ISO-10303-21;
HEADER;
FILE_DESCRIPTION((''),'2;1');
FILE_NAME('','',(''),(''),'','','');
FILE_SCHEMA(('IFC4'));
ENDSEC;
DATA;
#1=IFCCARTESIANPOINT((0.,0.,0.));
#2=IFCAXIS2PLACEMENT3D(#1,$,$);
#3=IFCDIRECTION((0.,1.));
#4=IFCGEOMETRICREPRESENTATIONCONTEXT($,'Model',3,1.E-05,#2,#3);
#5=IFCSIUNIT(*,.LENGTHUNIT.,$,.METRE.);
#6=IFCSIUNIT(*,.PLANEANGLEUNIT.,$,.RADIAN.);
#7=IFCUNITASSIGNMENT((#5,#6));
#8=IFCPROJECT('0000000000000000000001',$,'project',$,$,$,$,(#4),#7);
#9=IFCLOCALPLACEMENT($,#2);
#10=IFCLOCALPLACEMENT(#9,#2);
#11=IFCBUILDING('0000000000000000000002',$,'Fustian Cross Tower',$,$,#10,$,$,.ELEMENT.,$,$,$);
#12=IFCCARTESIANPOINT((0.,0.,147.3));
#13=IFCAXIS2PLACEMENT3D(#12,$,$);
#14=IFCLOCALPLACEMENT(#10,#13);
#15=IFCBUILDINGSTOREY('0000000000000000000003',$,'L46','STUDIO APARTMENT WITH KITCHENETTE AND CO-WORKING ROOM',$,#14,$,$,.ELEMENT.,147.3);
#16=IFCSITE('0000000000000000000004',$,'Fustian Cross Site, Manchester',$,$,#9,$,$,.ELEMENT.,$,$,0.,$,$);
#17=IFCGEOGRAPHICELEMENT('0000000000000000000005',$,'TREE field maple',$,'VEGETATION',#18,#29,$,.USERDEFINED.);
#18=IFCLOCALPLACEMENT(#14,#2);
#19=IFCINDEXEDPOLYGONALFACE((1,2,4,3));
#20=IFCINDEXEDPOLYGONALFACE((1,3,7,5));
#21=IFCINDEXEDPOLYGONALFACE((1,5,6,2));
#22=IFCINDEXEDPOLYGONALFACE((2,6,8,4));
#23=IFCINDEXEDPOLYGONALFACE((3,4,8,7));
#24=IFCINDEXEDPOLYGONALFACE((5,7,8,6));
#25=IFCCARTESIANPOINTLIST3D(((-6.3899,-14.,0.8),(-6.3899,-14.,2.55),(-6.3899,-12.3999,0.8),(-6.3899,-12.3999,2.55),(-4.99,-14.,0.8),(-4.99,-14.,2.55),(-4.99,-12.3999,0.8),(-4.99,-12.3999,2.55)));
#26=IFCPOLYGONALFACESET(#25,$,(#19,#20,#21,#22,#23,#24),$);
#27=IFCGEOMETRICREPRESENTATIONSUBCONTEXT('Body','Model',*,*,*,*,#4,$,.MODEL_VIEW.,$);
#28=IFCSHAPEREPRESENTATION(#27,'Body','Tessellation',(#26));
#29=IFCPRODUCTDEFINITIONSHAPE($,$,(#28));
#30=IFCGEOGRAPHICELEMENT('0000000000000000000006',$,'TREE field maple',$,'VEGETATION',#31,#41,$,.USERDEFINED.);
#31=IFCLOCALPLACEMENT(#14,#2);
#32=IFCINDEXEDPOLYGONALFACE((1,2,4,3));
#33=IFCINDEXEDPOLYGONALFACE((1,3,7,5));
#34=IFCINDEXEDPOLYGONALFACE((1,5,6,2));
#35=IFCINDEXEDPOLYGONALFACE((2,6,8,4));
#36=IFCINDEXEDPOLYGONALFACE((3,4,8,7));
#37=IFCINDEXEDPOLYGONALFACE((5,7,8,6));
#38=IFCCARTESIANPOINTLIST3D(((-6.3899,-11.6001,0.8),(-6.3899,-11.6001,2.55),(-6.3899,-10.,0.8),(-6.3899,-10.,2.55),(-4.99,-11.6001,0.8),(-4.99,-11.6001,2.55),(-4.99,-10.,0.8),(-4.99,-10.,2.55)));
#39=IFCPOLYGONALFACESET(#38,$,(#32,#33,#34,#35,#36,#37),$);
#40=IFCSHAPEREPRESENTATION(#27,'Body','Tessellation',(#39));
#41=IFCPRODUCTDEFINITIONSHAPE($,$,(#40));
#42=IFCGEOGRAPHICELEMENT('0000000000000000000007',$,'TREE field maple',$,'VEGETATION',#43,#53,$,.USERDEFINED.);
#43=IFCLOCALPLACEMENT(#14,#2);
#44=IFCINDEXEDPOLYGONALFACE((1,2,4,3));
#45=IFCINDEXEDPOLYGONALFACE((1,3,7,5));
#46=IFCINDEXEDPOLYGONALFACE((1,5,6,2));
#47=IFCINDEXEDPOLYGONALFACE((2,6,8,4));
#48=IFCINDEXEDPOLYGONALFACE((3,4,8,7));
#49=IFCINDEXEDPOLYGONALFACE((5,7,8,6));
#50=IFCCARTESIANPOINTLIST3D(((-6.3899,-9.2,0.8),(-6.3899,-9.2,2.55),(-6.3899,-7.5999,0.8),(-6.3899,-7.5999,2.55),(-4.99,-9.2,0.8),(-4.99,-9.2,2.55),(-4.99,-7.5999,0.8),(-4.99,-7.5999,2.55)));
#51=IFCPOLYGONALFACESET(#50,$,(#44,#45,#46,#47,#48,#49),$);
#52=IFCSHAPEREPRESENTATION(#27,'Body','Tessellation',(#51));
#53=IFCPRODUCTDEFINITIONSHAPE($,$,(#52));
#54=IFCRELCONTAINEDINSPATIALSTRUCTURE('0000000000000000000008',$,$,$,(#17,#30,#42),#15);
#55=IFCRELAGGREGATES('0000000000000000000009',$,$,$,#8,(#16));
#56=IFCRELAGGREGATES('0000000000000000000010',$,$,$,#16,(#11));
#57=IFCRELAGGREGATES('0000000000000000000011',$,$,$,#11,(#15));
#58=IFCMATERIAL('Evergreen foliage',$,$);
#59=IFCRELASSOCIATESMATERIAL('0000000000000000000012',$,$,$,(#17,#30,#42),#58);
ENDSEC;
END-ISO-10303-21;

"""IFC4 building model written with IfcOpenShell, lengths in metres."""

from ifc_helpers import new_model, si_unit, direction, frame, origin, origin_2d, place, context, subcontext, project, spatial, rectangle, extrude, material, element, save


model = new_model("IFC4")

# Units and contexts
model_context = context("Model", 3, precision=1e-05, world=origin(), true_north=direction((0.0, 1.0)))
body_context = subcontext(model_context, "Body", "Model", "MODEL_VIEW")
ifc_project = project(units=[si_unit("LENGTHUNIT", "METRE"), si_unit("PLANEANGLEUNIT", "RADIAN")], contexts=[model_context])

# Site, building, storey
site_placement = place(None, origin())
site = spatial("IfcSite", under=ifc_project, at=site_placement, Name="Fustian Cross Site, Manchester", CompositionType="ELEMENT", RefElevation=0.0)
building_placement = place(site_placement, origin())
building = spatial("IfcBuilding", under=site, at=building_placement, Name="Fustian Cross Tower", CompositionType="ELEMENT")
storey_placement = place(building_placement, frame((0.0, 0.0, 147.3)))
storey = spatial("IfcBuildingStorey", under=building, at=storey_placement, Name="L46", Description="STUDIO APARTMENT WITH KITCHENETTE AND CO-WORKING ROOM", CompositionType="ELEMENT", Elevation=147.3)

# Geographic elements
ifc_material_1 = material(Name="Evergreen foliage")
for number, where, z_axis, x_axis, name in (
    (1, (-5.6899, -13.2, 0.8), (0.0, 0.0, 1.0), (1.0, 0.0, 0.0), "TREE field maple"),
    (2, (-5.6899, -10.8, 0.8), (0.0, 0.0, 1.0), (1.0, 0.0, 0.0), "TREE field maple"),
    (3, (-5.6899, -8.3999, 0.8), (0.0, 0.0, 1.0), (1.0, 0.0, 0.0), "TREE field maple"),
):
    element("IfcGeographicElement", number, at=place(storey_placement, frame(where, z_axis=z_axis, x_axis=x_axis)), inside=storey, material=ifc_material_1, Name=name, ObjectType="VEGETATION", PredefinedType="USERDEFINED", context=body_context, shape_type="SweptSolid", body=[
        extrude(rectangle(XDim=1.3999, YDim=1.6001, at=origin_2d()), origin(), (0.0, 0.0, 1.0), 1.75),
    ])

save(model, "model.ifc")
